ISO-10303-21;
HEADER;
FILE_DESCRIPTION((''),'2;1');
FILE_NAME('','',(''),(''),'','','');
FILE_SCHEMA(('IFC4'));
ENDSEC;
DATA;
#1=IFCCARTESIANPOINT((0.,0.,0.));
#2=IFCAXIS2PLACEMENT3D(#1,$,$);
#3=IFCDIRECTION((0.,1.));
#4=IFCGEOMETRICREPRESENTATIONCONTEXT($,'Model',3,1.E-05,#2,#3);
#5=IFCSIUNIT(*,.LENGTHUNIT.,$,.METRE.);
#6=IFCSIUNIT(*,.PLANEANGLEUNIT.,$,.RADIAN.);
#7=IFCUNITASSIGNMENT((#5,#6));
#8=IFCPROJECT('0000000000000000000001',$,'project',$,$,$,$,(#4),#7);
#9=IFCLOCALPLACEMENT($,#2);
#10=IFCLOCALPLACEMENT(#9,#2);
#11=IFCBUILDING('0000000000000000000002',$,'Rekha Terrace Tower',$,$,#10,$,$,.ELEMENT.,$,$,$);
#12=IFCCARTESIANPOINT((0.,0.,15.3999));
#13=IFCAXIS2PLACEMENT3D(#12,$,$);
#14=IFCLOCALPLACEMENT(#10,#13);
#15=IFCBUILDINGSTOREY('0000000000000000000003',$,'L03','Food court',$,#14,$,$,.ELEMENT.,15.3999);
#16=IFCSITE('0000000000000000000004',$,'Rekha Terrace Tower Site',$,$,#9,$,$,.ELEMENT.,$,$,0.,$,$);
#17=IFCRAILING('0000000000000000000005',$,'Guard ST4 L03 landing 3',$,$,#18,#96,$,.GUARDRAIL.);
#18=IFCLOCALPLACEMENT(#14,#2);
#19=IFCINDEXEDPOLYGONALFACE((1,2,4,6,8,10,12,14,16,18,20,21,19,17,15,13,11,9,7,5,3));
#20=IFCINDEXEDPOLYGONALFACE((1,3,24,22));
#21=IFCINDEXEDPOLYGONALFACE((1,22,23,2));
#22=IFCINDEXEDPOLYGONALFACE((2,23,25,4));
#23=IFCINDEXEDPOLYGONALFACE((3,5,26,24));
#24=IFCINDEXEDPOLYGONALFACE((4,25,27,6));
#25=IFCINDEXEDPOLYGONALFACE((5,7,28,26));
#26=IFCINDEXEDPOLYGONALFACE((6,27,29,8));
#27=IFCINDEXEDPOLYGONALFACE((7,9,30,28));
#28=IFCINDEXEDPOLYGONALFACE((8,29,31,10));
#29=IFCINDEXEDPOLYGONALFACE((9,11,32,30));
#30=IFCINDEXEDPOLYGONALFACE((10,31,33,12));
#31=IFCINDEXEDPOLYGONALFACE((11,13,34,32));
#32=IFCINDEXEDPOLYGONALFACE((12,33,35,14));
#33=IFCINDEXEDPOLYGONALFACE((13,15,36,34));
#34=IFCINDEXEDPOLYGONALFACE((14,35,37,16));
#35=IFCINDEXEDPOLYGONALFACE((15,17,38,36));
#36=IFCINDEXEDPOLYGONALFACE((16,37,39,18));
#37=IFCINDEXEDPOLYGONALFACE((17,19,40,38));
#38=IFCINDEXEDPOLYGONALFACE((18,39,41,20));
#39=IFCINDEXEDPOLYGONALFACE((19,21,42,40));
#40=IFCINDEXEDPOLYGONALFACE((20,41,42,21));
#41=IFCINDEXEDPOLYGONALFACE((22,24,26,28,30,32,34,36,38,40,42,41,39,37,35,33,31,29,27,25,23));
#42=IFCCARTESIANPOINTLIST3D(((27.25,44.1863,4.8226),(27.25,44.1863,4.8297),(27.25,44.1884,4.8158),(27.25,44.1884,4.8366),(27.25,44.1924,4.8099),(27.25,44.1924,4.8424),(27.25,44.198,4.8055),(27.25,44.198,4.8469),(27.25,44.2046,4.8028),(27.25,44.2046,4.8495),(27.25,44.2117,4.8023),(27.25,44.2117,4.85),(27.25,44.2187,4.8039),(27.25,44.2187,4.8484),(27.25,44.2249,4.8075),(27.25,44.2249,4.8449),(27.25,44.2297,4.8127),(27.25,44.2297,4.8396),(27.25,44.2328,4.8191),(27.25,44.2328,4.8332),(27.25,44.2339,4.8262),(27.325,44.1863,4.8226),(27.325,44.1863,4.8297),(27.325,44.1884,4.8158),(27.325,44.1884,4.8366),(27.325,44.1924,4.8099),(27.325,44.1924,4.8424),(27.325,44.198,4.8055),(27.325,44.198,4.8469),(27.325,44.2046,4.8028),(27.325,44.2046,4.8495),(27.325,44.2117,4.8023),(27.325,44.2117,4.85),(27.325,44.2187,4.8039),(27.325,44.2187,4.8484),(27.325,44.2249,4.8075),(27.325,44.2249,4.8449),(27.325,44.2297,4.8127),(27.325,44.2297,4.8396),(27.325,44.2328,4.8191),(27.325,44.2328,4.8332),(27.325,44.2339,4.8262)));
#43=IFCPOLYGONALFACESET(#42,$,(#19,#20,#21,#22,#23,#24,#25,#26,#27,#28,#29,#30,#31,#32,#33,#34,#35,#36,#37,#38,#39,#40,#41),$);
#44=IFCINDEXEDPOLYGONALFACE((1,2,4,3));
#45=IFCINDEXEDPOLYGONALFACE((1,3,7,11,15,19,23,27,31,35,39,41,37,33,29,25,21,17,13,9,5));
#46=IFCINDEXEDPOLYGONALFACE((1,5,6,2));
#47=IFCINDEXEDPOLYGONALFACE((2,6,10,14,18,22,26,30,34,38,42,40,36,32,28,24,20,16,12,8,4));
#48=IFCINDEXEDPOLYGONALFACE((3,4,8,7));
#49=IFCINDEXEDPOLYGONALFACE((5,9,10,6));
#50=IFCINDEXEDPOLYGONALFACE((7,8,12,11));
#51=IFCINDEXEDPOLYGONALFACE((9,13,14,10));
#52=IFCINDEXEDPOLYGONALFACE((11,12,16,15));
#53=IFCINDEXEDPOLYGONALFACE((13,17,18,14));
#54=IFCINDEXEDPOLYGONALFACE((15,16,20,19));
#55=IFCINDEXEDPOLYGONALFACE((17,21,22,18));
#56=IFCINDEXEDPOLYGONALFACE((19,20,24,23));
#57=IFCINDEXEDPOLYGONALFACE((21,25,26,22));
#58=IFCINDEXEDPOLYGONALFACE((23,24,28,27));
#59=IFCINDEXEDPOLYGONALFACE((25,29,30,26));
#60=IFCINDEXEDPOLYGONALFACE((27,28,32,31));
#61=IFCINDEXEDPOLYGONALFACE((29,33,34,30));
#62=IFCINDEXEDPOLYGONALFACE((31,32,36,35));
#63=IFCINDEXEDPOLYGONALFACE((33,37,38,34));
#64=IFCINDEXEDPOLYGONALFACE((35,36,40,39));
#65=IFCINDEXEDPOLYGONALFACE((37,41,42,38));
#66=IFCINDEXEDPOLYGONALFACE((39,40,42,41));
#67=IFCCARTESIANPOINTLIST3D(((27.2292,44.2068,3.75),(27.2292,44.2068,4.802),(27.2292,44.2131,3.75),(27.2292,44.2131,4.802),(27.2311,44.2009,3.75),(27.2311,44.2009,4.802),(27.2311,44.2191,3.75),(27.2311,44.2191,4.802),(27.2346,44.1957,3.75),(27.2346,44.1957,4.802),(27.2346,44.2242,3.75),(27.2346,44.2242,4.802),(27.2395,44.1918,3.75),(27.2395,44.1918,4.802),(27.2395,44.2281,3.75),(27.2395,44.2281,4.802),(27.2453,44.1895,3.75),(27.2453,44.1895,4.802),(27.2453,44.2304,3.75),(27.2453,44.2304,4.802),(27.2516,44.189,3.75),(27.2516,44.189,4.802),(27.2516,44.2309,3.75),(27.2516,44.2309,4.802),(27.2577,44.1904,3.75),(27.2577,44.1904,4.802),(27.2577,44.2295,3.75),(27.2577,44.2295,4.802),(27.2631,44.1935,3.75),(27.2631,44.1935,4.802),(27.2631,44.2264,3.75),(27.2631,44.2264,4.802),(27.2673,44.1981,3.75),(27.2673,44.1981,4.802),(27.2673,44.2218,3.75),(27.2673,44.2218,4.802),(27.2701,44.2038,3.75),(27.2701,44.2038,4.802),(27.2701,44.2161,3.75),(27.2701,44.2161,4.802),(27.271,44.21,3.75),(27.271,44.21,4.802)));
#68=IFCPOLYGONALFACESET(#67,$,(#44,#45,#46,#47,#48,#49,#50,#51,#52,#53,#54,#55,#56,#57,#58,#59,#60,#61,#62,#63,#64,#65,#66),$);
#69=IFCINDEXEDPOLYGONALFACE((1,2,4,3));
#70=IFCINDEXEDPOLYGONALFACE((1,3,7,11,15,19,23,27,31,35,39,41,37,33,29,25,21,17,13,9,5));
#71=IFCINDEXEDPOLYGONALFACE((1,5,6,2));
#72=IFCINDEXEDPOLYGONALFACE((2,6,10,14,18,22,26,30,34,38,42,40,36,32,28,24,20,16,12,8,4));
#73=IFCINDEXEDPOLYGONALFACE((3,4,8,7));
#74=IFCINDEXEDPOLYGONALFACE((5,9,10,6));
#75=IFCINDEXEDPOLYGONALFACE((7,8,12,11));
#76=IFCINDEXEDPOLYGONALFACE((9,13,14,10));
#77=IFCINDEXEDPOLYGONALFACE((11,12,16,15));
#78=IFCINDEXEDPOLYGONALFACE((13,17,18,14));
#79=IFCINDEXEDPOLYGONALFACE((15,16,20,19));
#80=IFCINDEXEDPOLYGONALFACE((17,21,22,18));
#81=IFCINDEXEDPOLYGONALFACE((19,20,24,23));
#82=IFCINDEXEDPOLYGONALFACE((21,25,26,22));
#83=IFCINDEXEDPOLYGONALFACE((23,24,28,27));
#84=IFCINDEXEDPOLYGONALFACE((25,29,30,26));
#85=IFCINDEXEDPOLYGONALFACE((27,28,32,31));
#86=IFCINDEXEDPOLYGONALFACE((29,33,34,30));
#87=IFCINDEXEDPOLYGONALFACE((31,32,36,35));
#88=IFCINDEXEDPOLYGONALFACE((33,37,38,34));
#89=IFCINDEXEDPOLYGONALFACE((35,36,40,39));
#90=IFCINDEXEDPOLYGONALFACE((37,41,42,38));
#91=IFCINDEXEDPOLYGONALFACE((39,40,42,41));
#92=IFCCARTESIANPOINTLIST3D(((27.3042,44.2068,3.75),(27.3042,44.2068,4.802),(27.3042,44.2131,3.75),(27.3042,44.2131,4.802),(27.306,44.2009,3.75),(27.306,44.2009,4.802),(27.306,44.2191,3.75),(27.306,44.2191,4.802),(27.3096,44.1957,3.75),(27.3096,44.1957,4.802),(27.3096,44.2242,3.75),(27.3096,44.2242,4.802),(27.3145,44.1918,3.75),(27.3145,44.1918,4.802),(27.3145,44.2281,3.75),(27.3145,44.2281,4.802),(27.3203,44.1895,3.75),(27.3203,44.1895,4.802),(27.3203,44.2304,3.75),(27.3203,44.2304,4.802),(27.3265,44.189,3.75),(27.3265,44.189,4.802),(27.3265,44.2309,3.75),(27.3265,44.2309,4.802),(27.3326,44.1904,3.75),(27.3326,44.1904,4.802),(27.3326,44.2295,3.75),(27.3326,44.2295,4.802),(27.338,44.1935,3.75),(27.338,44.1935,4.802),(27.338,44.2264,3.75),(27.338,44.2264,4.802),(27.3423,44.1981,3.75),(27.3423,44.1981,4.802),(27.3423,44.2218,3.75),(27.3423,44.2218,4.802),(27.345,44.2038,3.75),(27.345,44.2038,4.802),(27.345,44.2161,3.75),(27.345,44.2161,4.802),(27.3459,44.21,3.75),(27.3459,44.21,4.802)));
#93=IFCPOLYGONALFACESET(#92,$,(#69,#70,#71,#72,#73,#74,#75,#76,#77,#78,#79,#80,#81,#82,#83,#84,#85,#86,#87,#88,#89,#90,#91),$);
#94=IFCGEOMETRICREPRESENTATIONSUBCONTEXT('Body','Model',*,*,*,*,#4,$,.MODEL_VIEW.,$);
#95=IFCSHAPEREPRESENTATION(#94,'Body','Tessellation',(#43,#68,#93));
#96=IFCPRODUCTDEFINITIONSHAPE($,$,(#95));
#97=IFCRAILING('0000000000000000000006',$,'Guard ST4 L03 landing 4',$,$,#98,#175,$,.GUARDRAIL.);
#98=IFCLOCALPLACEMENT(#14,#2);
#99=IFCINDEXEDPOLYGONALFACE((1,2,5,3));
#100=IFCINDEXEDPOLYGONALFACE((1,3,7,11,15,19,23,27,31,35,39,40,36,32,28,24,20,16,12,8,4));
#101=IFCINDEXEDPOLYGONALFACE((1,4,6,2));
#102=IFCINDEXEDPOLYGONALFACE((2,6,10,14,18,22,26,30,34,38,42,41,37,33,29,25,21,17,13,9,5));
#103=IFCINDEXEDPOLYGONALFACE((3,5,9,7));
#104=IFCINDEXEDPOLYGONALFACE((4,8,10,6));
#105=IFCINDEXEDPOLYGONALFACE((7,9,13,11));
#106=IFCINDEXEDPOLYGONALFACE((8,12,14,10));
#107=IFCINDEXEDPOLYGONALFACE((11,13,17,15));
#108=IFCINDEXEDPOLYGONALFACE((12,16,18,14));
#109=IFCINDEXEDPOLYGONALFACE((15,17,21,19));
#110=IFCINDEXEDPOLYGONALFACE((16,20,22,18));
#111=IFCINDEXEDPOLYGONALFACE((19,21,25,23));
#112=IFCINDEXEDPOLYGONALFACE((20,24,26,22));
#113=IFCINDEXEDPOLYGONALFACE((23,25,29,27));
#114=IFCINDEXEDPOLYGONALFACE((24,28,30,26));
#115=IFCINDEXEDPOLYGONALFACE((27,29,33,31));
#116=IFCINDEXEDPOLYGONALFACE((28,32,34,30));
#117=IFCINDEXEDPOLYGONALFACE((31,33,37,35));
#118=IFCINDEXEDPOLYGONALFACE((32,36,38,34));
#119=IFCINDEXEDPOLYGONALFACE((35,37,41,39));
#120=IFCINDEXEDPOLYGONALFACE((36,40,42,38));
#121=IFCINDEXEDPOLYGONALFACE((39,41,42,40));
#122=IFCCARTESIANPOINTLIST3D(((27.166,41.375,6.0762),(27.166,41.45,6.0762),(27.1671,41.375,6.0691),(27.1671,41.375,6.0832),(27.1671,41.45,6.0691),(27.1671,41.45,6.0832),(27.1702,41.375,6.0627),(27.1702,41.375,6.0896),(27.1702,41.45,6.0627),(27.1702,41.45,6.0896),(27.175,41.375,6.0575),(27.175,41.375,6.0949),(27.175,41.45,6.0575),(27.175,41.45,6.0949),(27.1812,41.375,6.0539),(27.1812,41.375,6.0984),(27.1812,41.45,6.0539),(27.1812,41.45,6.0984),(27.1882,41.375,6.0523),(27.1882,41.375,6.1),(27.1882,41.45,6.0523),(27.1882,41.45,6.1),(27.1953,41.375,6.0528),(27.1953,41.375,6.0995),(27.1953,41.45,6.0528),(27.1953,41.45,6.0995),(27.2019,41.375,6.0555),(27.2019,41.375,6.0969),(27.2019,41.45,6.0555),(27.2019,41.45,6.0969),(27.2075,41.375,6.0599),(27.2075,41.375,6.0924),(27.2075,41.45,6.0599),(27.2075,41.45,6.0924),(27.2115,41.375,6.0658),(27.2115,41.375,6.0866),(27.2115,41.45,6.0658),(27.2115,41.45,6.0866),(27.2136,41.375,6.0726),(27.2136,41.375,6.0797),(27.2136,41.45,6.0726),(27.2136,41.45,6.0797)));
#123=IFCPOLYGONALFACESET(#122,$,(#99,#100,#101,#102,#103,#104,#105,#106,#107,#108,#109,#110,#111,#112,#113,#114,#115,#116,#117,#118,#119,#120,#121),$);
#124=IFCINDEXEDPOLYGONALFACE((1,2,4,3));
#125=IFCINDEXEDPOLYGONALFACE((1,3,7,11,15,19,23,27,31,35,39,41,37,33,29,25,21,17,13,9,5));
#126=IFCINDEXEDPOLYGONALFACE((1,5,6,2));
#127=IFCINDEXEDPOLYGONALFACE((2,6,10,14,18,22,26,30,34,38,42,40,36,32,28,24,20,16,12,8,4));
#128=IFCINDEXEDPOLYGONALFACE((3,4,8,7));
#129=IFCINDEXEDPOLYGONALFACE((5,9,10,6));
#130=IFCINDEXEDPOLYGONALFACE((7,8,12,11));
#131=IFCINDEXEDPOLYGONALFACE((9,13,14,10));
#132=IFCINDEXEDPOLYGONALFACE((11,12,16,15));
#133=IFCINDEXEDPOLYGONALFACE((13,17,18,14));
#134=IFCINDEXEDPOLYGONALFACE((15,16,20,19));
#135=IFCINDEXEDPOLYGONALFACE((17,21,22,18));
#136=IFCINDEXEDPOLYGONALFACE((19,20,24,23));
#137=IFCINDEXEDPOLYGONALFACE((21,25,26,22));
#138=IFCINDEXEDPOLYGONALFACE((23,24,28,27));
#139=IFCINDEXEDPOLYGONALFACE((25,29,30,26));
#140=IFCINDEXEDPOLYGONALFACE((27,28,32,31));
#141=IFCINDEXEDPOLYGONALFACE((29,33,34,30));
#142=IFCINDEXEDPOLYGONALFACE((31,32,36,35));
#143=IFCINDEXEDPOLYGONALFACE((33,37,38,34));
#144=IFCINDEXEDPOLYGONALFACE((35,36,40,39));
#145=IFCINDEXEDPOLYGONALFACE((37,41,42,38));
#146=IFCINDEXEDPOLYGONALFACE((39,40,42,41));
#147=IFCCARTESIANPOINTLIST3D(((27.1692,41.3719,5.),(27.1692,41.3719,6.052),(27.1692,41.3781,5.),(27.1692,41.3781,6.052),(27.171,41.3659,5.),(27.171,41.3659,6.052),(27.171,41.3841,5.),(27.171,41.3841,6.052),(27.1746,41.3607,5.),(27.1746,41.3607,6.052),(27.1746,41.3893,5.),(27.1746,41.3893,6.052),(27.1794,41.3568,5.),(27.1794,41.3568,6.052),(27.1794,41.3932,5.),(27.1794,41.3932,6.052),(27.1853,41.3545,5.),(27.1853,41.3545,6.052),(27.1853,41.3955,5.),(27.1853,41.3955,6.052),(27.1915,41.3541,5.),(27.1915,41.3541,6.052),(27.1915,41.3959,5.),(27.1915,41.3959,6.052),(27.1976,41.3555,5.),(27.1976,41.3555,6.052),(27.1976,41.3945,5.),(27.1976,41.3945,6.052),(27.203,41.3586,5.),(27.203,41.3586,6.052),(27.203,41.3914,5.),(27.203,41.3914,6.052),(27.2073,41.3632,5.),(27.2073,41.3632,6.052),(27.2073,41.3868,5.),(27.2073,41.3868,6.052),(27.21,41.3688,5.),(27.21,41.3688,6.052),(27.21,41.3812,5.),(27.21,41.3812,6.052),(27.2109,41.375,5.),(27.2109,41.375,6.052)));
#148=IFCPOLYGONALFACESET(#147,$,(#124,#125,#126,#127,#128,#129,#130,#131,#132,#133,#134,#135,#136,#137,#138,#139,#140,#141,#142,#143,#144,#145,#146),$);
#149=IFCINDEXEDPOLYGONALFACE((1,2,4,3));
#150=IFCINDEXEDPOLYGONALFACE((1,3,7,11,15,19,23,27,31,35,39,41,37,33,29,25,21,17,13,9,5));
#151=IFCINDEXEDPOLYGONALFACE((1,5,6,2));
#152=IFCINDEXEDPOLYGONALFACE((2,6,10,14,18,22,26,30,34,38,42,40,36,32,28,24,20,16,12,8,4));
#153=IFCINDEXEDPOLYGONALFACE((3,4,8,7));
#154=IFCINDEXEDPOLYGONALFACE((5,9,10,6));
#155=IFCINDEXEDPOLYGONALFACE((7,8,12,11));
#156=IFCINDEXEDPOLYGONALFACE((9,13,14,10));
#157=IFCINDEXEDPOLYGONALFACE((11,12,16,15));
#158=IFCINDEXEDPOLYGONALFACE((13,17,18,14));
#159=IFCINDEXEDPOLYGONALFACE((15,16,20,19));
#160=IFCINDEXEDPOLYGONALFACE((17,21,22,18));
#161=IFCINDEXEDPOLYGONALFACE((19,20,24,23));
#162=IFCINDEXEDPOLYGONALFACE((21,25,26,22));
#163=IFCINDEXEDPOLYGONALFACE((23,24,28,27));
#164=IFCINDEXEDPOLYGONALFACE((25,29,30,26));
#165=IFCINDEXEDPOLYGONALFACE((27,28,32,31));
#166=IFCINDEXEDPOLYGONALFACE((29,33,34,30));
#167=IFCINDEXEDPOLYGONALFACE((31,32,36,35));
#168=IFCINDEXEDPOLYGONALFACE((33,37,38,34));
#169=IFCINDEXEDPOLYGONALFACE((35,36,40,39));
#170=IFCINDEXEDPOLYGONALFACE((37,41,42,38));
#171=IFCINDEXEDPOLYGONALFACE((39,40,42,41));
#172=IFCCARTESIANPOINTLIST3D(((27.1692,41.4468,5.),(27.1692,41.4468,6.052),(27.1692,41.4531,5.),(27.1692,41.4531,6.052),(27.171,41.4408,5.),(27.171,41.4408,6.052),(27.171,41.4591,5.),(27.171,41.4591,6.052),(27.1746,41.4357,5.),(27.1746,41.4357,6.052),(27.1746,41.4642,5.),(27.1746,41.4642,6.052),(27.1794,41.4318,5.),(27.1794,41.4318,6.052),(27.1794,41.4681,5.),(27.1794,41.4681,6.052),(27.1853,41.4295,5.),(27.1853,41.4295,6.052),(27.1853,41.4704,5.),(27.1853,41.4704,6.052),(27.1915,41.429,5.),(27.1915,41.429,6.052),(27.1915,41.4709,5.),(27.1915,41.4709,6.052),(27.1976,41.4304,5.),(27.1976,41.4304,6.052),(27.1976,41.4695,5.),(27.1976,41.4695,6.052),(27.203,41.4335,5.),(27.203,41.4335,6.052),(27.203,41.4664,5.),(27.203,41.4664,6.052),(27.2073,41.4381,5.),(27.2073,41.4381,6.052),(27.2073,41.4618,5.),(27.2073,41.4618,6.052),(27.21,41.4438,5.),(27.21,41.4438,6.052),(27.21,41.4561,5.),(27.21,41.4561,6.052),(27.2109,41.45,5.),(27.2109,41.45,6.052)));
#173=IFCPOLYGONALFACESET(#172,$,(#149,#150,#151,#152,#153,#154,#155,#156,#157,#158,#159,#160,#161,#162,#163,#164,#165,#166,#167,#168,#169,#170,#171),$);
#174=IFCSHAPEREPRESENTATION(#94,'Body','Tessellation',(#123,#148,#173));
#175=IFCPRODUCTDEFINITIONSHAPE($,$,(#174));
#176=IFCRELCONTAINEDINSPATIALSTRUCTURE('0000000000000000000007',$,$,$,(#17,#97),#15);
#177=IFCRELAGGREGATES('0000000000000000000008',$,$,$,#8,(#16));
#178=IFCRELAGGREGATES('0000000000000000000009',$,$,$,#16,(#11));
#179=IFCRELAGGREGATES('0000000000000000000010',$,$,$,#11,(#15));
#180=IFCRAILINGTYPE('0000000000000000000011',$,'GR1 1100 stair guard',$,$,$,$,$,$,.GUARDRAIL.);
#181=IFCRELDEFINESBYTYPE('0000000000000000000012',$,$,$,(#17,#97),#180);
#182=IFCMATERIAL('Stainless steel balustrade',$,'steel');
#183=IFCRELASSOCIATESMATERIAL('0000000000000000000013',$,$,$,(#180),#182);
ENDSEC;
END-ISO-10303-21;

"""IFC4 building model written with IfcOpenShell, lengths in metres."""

from ifc_helpers import new_model, si_unit, direction, frame, origin, origin_2d, place, context, subcontext, project, spatial, circle, extrude, material, type_object, element, save


model = new_model("IFC4")

# Units and contexts
model_context = context("Model", 3, precision=1e-05, world=origin(), true_north=direction((0.0, 1.0)))
body_context = subcontext(model_context, "Body", "Model", "MODEL_VIEW")
ifc_project = project(units=[si_unit("LENGTHUNIT", "METRE"), si_unit("PLANEANGLEUNIT", "RADIAN")], contexts=[model_context])

# Site, building, storey
site_placement = place(None, origin())
site = spatial("IfcSite", under=ifc_project, at=site_placement, Name="Rekha Terrace Tower Site", CompositionType="ELEMENT", RefElevation=0.0)
building_placement = place(site_placement, origin())
building = spatial("IfcBuilding", under=site, at=building_placement, Name="Rekha Terrace Tower", CompositionType="ELEMENT")
storey_placement = place(building_placement, frame((0.0, 0.0, 15.3999)))
storey = spatial("IfcBuildingStorey", under=building, at=storey_placement, Name="L03", Description="Food court", CompositionType="ELEMENT", Elevation=15.3999)

# Railings
ifc_material_1 = material(Name="Stainless steel balustrade", Category="steel")
railing_type_1 = type_object("IfcRailingType", Name="GR1 1100 stair guard", PredefinedType="GUARDRAIL", material=ifc_material_1)
railing_1_placement = place(storey_placement, frame((27.25, 44.21, 3.75)))
element("IfcRailing", 1, at=railing_1_placement, inside=storey, type_object=railing_type_1, Name="Guard ST4 L03 landing 3", PredefinedType="GUARDRAIL", context=body_context, shape_type="SweptSolid", body=[
    extrude(circle(Radius=0.0239, at=origin_2d()), frame((0.0, 0.0, 1.0762), z_axis=(1.0, 0.0, 0.0), x_axis=(0.0, 1.0, 0.0)), (0.0, 0.0, 1.0), 0.075),
    extrude(circle(Radius=0.021, at=origin_2d()), origin(), (0.0, 0.0, 1.0), 1.052),
    extrude(circle(Radius=0.021, at=origin_2d()), frame((0.075, 0.0, 0.0)), (0.0, 0.0, 1.0), 1.052),
])
railing_2_placement = place(storey_placement, frame((27.1899, 41.375, 5.0)))
element("IfcRailing", 2, at=railing_2_placement, inside=storey, type_object=railing_type_1, Name="Guard ST4 L03 landing 4", PredefinedType="GUARDRAIL", context=body_context, shape_type="SweptSolid", body=[
    extrude(circle(Radius=0.0239, at=origin_2d()), frame((0.0, 0.0, 1.0762), z_axis=(0.0, 1.0, 0.0), x_axis=(-1.0, 0.0, 0.0)), (0.0, 0.0, 1.0), 0.075),
    extrude(circle(Radius=0.021, at=origin_2d()), origin(), (0.0, 0.0, 1.0), 1.052),
    extrude(circle(Radius=0.021, at=origin_2d()), frame((0.0, 0.075, 0.0)), (0.0, 0.0, 1.0), 1.052),
])

save(model, "model.ifc")
